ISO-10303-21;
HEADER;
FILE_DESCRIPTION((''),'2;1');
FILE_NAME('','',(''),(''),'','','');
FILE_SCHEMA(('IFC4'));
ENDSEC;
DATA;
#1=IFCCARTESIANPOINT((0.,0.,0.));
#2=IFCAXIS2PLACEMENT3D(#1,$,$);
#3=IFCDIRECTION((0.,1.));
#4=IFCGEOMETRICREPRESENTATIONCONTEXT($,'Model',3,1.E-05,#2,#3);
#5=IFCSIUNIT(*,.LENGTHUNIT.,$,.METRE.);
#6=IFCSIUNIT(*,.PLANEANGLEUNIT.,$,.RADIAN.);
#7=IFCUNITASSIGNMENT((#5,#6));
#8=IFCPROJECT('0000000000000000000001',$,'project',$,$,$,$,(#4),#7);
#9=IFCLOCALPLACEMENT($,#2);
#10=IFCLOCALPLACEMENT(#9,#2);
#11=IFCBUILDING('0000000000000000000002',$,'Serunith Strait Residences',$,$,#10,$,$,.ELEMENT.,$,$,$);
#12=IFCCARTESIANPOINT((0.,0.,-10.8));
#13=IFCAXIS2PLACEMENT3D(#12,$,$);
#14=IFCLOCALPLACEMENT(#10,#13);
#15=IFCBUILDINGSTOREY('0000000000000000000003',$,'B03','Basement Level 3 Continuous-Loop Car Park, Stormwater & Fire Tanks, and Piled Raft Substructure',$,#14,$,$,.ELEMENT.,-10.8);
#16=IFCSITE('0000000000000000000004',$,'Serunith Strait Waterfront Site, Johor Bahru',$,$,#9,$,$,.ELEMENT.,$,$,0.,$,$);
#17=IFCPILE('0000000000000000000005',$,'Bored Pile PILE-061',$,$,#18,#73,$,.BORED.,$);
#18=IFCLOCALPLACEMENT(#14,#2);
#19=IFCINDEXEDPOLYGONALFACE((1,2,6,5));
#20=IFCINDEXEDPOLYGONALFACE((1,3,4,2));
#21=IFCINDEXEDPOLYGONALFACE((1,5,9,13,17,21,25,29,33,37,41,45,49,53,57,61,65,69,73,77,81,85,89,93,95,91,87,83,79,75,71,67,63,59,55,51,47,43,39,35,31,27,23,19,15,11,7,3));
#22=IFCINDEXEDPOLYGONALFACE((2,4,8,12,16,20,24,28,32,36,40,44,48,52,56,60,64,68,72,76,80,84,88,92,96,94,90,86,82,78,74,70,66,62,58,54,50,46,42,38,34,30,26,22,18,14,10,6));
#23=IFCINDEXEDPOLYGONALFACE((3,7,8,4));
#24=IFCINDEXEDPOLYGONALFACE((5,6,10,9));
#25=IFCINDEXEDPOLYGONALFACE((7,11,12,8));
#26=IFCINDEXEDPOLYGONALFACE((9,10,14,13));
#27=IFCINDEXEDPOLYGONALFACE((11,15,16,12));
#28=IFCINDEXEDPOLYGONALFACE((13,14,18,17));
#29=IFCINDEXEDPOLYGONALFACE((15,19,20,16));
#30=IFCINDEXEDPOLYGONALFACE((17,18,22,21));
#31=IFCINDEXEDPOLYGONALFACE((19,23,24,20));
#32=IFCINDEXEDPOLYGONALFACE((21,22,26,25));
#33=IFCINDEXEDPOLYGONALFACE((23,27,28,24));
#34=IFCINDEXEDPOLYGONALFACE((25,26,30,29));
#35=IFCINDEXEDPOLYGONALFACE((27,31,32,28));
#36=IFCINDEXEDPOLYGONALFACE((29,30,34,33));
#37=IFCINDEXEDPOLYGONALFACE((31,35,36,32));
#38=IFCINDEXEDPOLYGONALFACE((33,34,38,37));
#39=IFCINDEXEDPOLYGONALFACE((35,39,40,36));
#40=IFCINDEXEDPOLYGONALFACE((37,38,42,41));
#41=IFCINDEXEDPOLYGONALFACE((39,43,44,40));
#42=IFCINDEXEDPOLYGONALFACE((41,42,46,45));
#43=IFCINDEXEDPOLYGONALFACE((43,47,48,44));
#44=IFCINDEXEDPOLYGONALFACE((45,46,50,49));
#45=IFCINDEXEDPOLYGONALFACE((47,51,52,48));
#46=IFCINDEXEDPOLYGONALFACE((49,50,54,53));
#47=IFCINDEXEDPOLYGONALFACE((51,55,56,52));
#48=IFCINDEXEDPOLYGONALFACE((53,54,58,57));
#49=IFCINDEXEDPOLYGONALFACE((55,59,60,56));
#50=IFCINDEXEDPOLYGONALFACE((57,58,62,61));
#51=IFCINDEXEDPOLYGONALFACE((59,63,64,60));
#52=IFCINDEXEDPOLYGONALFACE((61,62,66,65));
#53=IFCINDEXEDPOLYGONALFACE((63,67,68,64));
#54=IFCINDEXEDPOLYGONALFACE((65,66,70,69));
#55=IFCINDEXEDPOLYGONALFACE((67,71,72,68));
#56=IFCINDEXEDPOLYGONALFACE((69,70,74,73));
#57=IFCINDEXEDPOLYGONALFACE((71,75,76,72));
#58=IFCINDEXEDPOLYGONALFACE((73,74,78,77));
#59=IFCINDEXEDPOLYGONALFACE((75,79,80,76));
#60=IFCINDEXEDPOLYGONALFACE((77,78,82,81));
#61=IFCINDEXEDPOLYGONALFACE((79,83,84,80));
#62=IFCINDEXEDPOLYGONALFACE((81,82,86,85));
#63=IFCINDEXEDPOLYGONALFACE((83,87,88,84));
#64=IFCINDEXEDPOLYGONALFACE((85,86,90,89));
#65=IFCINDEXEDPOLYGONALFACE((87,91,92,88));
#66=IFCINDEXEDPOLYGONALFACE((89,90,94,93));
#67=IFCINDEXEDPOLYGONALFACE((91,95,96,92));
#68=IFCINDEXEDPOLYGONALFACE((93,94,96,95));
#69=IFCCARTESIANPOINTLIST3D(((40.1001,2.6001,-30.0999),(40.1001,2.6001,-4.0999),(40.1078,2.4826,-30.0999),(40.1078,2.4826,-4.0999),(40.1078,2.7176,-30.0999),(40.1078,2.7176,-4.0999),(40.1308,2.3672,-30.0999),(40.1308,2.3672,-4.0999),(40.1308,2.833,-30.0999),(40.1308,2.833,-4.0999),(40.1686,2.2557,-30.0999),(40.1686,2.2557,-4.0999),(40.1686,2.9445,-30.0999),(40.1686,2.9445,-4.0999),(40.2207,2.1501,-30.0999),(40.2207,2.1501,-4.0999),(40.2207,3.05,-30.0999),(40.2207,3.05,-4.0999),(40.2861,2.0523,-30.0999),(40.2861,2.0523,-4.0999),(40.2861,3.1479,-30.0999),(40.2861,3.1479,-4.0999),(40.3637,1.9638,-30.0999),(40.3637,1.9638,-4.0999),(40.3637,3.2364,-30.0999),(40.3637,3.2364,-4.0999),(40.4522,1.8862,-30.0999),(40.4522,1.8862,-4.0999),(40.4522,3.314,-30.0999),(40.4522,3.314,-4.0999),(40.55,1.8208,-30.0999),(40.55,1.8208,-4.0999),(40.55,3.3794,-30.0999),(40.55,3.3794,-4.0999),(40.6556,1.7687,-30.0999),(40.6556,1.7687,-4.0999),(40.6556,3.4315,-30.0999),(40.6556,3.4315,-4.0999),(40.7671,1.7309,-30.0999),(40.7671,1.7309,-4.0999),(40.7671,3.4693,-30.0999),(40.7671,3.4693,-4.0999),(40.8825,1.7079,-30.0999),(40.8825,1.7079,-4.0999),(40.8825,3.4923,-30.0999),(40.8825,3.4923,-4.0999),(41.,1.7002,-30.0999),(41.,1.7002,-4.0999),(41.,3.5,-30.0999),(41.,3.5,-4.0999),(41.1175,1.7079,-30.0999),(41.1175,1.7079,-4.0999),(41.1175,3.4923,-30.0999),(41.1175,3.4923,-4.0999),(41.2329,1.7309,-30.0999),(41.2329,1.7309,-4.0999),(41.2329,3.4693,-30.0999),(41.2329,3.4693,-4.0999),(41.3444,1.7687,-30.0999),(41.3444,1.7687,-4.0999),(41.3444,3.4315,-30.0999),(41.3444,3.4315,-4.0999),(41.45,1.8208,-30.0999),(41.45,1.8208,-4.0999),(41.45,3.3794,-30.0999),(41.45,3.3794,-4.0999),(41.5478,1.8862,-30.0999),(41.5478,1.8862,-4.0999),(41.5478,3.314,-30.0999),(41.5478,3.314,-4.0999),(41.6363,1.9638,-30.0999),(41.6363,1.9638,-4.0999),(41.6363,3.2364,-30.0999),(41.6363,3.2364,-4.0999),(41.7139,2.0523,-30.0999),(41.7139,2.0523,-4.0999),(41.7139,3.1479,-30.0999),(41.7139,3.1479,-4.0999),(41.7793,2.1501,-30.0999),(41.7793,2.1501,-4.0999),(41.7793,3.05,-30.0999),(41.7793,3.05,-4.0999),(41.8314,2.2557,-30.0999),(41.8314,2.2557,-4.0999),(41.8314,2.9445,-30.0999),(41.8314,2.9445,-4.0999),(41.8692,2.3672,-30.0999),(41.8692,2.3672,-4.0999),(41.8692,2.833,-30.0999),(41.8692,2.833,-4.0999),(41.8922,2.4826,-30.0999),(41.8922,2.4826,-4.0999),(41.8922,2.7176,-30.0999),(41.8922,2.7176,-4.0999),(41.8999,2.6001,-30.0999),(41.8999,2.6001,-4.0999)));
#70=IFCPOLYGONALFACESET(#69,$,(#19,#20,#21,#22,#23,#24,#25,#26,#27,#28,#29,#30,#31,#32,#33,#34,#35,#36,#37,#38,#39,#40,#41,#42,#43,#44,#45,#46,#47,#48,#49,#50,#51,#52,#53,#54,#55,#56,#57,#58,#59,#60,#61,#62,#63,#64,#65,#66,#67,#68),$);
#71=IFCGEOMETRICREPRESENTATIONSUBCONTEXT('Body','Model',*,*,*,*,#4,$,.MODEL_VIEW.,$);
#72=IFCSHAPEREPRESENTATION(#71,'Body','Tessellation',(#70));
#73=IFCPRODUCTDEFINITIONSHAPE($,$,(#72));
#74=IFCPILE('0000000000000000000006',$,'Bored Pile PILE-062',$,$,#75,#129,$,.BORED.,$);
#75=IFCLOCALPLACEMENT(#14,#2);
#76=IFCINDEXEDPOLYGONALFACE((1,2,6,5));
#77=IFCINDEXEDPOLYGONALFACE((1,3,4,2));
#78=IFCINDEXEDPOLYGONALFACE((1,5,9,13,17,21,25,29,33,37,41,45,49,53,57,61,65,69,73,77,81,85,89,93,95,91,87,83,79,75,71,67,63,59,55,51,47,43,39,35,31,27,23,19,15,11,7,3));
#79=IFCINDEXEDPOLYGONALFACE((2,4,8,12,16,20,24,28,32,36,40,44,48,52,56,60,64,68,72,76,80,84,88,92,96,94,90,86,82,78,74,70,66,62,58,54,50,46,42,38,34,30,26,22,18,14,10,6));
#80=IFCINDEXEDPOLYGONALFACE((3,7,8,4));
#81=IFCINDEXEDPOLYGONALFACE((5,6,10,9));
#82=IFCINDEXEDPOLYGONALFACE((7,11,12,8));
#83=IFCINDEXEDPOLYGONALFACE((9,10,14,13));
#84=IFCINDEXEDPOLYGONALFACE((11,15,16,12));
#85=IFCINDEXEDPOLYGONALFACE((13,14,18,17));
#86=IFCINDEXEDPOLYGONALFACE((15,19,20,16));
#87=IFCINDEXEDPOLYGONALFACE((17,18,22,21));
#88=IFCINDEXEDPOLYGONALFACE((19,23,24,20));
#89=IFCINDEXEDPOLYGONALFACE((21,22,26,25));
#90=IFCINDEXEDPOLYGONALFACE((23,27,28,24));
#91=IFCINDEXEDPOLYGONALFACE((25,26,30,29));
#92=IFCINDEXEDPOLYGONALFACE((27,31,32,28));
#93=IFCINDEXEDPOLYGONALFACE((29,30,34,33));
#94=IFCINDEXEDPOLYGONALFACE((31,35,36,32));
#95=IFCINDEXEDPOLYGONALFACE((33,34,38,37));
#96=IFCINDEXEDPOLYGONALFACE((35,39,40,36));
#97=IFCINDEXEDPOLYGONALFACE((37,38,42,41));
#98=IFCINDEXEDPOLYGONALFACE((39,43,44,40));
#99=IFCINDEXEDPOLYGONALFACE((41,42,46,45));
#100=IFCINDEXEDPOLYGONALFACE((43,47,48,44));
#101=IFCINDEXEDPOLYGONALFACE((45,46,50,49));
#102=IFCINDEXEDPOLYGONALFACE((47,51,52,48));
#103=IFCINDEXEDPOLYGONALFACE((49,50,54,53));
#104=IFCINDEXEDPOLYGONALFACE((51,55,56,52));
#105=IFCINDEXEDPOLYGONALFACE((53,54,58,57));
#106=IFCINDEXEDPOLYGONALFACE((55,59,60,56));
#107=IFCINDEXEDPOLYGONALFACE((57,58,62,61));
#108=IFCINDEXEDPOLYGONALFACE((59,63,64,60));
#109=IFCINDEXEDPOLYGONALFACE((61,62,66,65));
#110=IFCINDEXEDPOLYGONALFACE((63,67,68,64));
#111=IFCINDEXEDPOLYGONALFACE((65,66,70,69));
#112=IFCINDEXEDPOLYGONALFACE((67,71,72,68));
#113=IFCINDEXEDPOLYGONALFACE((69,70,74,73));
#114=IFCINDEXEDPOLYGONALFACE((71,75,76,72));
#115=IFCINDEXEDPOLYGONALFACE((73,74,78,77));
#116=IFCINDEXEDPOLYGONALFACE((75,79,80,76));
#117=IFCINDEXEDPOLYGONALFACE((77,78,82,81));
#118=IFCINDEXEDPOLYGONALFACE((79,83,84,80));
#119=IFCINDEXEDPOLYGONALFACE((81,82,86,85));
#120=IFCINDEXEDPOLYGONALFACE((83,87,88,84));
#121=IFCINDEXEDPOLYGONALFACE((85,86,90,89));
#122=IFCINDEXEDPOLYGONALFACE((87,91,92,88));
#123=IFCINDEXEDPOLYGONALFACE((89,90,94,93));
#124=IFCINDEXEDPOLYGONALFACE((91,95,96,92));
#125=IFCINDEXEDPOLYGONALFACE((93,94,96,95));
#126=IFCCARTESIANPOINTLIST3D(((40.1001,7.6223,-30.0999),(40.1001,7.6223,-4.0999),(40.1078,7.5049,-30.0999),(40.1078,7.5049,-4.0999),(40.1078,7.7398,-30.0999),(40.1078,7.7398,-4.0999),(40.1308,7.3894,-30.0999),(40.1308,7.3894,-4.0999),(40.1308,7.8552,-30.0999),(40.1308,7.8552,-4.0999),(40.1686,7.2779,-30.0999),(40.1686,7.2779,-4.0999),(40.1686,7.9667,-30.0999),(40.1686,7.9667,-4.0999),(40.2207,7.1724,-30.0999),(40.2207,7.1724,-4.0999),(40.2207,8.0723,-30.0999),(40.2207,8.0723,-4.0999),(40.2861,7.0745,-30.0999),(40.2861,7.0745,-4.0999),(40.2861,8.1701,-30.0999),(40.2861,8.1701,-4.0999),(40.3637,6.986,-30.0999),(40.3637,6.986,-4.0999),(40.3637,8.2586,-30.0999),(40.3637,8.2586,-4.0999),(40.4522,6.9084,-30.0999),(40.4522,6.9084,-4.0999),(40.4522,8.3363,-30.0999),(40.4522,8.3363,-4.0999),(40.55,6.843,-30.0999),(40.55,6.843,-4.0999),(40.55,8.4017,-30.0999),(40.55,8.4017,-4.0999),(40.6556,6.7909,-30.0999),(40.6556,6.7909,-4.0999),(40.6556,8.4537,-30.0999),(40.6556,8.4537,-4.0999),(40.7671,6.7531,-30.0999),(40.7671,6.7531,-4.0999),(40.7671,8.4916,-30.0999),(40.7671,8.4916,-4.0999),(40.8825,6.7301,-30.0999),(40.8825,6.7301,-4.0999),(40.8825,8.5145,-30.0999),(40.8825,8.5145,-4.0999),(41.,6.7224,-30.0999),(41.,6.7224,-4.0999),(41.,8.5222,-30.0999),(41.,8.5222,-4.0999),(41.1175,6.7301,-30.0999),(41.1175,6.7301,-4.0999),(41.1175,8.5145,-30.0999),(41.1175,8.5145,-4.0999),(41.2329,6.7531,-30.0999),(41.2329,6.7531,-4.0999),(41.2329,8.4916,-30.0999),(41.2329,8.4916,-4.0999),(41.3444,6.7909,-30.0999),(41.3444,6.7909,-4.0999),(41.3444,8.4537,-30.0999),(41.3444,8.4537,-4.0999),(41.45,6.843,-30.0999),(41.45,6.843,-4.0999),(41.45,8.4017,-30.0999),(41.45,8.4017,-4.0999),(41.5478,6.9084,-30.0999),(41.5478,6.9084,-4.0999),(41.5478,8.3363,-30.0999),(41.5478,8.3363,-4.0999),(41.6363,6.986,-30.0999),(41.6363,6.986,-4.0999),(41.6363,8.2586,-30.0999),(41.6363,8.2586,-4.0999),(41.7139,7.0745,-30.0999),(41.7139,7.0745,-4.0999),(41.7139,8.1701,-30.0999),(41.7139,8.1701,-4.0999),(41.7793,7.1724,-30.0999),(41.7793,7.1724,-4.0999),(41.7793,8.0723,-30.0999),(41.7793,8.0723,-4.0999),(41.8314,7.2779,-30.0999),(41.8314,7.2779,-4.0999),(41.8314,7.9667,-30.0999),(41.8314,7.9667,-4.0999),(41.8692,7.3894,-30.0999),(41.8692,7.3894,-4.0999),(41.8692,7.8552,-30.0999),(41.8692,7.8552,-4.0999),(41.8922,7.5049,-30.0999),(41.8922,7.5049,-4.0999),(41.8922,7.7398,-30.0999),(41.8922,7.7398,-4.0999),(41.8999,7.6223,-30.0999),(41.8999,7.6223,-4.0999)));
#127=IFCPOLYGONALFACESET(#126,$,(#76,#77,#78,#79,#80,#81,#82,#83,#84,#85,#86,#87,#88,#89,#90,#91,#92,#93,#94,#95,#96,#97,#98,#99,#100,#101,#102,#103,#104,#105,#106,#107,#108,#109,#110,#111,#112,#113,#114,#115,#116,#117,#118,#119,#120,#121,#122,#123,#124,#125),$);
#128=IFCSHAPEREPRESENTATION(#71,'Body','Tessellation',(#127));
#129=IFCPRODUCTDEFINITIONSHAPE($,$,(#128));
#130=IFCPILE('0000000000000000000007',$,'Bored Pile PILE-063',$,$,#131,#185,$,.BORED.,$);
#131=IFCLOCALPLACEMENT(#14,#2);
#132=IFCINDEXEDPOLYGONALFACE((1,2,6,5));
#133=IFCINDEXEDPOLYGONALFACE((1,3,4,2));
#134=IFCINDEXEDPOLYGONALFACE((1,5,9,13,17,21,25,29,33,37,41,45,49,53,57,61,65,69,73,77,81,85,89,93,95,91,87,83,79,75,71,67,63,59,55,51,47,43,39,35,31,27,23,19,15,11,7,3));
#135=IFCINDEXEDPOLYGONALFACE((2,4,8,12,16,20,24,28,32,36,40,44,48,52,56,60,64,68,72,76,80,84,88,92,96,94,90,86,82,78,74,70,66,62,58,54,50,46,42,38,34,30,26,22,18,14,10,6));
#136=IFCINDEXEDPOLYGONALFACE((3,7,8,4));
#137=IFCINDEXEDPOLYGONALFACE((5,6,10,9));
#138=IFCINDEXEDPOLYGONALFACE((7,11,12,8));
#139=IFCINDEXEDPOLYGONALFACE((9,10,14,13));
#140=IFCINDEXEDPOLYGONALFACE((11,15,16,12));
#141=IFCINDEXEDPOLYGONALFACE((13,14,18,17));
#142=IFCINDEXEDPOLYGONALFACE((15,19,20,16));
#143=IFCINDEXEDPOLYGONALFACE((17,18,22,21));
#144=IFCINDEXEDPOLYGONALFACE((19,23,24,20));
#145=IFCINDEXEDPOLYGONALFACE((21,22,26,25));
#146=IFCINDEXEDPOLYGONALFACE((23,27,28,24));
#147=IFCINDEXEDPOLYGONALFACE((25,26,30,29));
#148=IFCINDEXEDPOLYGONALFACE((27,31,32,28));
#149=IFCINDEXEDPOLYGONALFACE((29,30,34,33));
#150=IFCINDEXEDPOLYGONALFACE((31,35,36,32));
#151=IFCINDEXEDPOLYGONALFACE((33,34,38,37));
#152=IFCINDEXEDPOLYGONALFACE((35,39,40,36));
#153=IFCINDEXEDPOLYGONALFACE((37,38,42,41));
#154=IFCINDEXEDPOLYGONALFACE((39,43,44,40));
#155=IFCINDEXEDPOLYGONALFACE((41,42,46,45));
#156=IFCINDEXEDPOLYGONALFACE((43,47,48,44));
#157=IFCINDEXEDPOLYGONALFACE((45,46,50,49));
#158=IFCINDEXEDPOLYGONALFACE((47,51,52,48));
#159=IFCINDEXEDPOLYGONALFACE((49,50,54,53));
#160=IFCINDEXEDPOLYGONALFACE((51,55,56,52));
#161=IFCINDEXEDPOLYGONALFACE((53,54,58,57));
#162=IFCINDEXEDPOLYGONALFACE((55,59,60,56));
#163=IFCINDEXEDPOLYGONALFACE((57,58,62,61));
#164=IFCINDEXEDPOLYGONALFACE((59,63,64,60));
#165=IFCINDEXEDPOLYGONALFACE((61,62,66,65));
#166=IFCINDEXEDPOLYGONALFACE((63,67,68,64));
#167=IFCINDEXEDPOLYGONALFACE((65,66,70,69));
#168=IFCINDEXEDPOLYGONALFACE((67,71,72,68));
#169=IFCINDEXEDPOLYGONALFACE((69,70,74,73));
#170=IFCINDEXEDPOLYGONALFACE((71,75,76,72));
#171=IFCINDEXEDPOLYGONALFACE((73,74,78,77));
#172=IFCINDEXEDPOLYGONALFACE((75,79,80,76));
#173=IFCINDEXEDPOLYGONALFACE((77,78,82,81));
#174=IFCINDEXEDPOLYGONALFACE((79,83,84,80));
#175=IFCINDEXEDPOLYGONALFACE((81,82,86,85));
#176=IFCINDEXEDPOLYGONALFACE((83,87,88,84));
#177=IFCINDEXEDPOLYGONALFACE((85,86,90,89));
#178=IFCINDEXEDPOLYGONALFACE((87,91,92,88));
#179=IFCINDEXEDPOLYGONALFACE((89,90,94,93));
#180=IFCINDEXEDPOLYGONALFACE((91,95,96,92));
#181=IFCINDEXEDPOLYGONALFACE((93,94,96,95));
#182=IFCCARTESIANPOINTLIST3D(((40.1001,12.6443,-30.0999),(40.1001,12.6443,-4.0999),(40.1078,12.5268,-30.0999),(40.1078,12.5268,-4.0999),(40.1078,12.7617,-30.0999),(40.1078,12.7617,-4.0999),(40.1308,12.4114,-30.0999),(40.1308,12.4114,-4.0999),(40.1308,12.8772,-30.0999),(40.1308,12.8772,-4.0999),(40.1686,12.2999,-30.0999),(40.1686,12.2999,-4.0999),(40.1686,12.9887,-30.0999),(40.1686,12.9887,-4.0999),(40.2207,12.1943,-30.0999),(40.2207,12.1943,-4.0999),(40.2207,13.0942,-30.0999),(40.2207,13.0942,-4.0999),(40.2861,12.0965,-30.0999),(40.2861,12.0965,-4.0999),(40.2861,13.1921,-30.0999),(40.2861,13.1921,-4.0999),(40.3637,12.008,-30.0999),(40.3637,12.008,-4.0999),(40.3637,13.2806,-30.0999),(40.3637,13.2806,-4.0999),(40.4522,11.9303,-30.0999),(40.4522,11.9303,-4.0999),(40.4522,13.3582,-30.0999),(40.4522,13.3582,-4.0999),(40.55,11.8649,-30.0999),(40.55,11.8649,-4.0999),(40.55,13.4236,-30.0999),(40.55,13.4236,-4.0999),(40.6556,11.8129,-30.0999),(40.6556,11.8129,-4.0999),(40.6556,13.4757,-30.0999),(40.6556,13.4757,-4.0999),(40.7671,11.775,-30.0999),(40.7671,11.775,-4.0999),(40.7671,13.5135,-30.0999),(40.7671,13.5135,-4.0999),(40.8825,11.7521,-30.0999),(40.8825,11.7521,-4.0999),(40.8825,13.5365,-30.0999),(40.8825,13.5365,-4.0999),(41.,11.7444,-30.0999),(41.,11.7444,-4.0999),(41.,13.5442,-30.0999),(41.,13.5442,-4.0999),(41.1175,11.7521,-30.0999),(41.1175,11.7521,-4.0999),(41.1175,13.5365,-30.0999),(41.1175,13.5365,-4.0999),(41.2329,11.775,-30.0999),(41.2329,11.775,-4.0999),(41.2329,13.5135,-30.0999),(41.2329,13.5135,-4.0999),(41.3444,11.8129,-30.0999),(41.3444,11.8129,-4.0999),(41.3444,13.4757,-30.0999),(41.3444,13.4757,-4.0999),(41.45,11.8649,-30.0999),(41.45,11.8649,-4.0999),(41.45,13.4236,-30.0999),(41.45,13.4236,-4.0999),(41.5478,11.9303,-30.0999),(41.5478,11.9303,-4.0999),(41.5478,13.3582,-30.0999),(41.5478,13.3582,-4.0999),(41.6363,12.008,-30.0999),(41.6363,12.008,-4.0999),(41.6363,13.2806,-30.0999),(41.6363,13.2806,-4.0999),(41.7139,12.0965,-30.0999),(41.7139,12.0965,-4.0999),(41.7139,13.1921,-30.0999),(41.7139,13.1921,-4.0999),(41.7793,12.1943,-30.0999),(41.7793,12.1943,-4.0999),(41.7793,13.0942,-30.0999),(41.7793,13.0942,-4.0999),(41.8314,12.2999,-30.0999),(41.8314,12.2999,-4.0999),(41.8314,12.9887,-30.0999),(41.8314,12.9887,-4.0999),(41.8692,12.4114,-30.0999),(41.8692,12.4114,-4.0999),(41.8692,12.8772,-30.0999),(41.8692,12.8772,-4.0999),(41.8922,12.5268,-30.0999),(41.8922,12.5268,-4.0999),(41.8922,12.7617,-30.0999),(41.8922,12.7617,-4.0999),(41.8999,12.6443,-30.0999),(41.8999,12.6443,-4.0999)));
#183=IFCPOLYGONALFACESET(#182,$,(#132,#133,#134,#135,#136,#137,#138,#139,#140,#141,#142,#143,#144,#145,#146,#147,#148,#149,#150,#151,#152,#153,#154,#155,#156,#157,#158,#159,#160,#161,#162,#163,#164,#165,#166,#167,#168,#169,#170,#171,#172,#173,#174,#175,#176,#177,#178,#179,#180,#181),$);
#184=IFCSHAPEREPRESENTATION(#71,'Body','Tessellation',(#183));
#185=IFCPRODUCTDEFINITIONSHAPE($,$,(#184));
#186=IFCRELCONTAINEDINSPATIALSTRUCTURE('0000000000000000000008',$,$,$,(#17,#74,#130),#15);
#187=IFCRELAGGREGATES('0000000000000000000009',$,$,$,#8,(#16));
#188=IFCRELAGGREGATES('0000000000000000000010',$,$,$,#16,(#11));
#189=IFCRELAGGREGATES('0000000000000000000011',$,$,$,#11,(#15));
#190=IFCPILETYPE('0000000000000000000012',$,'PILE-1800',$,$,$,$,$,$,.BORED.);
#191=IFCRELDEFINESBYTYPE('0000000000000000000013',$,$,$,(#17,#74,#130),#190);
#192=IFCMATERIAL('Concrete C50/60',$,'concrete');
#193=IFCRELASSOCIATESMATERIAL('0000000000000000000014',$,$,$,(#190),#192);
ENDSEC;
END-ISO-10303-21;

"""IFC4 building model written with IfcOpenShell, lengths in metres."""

from ifc_helpers import new_model, si_unit, direction, frame, origin, origin_2d, place, context, subcontext, project, spatial, circle, extrude, source, transform, mapped, material, material_profile, profile_set, type_object, element, save


model = new_model("IFC4")

# Units and contexts
model_context = context("Model", 3, precision=1e-05, world=origin(), true_north=direction((0.0, 1.0)))
body_context = subcontext(model_context, "Body", "Model", "MODEL_VIEW")
ifc_project = project(units=[si_unit("LENGTHUNIT", "METRE"), si_unit("PLANEANGLEUNIT", "RADIAN")], contexts=[model_context])

# Site, building, storey
site_placement = place(None, origin())
site = spatial("IfcSite", under=ifc_project, at=site_placement, Name="Serunith Strait Waterfront Site, Johor Bahru", CompositionType="ELEMENT", RefElevation=0.0)
building_placement = place(site_placement, origin())
building = spatial("IfcBuilding", under=site, at=building_placement, Name="Serunith Strait Residences", CompositionType="ELEMENT")
storey_placement = place(building_placement, frame((0.0, 0.0, -10.8)))
storey = spatial("IfcBuildingStorey", under=building, at=storey_placement, Name="B03", Description="Basement Level 3 Continuous-Loop Car Park, Stormwater & Fire Tanks, and Piled Raft Substructure", CompositionType="ELEMENT", Elevation=-10.8)

# Piles
ifc_material_1 = material(Name="Concrete C50/60", Category="concrete")
ifc_material_profile_1 = material_profile(ifc_material_1, circle(Radius=0.8999, at=origin_2d()), Name="PILE D1800")
ifc_profile_set_1 = profile_set([ifc_material_profile_1], Name="Concrete C50/60")
pile_type = type_object("IfcPileType", Name="PILE-1800", PredefinedType="BORED", material=ifc_profile_set_1)
shared_shape_1 = source(origin(), body_context, "Body", "SweptSolid", [
    extrude(circle(Radius=0.8999, at=origin_2d()), origin(), (0.0, 0.0, 1.0), 26.0),
])
for number, where, z_axis, x_axis, name in (
    (1, (41.0, 2.6001, -4.0999), (0.0, 0.0, -1.0), (1.0, 0.0, 0.0), "Bored Pile PILE-061"),
    (2, (41.0, 7.6223, -4.0999), (0.0, 0.0, -1.0), (1.0, 0.0, 0.0), "Bored Pile PILE-062"),
    (3, (41.0, 12.6443, -4.0999), (0.0, 0.0, -1.0), (1.0, 0.0, 0.0), "Bored Pile PILE-063"),
):
    element("IfcPile", number, at=place(storey_placement, frame(where, z_axis=z_axis, x_axis=x_axis)), inside=storey, type_object=pile_type, Name=name, PredefinedType="BORED", context=body_context, shape_type="MappedRepresentation", body=[
        mapped(shared_shape_1, transform((0.0, 0.0, 0.0), scale=1.0)),
    ])

save(model, "model.ifc")
